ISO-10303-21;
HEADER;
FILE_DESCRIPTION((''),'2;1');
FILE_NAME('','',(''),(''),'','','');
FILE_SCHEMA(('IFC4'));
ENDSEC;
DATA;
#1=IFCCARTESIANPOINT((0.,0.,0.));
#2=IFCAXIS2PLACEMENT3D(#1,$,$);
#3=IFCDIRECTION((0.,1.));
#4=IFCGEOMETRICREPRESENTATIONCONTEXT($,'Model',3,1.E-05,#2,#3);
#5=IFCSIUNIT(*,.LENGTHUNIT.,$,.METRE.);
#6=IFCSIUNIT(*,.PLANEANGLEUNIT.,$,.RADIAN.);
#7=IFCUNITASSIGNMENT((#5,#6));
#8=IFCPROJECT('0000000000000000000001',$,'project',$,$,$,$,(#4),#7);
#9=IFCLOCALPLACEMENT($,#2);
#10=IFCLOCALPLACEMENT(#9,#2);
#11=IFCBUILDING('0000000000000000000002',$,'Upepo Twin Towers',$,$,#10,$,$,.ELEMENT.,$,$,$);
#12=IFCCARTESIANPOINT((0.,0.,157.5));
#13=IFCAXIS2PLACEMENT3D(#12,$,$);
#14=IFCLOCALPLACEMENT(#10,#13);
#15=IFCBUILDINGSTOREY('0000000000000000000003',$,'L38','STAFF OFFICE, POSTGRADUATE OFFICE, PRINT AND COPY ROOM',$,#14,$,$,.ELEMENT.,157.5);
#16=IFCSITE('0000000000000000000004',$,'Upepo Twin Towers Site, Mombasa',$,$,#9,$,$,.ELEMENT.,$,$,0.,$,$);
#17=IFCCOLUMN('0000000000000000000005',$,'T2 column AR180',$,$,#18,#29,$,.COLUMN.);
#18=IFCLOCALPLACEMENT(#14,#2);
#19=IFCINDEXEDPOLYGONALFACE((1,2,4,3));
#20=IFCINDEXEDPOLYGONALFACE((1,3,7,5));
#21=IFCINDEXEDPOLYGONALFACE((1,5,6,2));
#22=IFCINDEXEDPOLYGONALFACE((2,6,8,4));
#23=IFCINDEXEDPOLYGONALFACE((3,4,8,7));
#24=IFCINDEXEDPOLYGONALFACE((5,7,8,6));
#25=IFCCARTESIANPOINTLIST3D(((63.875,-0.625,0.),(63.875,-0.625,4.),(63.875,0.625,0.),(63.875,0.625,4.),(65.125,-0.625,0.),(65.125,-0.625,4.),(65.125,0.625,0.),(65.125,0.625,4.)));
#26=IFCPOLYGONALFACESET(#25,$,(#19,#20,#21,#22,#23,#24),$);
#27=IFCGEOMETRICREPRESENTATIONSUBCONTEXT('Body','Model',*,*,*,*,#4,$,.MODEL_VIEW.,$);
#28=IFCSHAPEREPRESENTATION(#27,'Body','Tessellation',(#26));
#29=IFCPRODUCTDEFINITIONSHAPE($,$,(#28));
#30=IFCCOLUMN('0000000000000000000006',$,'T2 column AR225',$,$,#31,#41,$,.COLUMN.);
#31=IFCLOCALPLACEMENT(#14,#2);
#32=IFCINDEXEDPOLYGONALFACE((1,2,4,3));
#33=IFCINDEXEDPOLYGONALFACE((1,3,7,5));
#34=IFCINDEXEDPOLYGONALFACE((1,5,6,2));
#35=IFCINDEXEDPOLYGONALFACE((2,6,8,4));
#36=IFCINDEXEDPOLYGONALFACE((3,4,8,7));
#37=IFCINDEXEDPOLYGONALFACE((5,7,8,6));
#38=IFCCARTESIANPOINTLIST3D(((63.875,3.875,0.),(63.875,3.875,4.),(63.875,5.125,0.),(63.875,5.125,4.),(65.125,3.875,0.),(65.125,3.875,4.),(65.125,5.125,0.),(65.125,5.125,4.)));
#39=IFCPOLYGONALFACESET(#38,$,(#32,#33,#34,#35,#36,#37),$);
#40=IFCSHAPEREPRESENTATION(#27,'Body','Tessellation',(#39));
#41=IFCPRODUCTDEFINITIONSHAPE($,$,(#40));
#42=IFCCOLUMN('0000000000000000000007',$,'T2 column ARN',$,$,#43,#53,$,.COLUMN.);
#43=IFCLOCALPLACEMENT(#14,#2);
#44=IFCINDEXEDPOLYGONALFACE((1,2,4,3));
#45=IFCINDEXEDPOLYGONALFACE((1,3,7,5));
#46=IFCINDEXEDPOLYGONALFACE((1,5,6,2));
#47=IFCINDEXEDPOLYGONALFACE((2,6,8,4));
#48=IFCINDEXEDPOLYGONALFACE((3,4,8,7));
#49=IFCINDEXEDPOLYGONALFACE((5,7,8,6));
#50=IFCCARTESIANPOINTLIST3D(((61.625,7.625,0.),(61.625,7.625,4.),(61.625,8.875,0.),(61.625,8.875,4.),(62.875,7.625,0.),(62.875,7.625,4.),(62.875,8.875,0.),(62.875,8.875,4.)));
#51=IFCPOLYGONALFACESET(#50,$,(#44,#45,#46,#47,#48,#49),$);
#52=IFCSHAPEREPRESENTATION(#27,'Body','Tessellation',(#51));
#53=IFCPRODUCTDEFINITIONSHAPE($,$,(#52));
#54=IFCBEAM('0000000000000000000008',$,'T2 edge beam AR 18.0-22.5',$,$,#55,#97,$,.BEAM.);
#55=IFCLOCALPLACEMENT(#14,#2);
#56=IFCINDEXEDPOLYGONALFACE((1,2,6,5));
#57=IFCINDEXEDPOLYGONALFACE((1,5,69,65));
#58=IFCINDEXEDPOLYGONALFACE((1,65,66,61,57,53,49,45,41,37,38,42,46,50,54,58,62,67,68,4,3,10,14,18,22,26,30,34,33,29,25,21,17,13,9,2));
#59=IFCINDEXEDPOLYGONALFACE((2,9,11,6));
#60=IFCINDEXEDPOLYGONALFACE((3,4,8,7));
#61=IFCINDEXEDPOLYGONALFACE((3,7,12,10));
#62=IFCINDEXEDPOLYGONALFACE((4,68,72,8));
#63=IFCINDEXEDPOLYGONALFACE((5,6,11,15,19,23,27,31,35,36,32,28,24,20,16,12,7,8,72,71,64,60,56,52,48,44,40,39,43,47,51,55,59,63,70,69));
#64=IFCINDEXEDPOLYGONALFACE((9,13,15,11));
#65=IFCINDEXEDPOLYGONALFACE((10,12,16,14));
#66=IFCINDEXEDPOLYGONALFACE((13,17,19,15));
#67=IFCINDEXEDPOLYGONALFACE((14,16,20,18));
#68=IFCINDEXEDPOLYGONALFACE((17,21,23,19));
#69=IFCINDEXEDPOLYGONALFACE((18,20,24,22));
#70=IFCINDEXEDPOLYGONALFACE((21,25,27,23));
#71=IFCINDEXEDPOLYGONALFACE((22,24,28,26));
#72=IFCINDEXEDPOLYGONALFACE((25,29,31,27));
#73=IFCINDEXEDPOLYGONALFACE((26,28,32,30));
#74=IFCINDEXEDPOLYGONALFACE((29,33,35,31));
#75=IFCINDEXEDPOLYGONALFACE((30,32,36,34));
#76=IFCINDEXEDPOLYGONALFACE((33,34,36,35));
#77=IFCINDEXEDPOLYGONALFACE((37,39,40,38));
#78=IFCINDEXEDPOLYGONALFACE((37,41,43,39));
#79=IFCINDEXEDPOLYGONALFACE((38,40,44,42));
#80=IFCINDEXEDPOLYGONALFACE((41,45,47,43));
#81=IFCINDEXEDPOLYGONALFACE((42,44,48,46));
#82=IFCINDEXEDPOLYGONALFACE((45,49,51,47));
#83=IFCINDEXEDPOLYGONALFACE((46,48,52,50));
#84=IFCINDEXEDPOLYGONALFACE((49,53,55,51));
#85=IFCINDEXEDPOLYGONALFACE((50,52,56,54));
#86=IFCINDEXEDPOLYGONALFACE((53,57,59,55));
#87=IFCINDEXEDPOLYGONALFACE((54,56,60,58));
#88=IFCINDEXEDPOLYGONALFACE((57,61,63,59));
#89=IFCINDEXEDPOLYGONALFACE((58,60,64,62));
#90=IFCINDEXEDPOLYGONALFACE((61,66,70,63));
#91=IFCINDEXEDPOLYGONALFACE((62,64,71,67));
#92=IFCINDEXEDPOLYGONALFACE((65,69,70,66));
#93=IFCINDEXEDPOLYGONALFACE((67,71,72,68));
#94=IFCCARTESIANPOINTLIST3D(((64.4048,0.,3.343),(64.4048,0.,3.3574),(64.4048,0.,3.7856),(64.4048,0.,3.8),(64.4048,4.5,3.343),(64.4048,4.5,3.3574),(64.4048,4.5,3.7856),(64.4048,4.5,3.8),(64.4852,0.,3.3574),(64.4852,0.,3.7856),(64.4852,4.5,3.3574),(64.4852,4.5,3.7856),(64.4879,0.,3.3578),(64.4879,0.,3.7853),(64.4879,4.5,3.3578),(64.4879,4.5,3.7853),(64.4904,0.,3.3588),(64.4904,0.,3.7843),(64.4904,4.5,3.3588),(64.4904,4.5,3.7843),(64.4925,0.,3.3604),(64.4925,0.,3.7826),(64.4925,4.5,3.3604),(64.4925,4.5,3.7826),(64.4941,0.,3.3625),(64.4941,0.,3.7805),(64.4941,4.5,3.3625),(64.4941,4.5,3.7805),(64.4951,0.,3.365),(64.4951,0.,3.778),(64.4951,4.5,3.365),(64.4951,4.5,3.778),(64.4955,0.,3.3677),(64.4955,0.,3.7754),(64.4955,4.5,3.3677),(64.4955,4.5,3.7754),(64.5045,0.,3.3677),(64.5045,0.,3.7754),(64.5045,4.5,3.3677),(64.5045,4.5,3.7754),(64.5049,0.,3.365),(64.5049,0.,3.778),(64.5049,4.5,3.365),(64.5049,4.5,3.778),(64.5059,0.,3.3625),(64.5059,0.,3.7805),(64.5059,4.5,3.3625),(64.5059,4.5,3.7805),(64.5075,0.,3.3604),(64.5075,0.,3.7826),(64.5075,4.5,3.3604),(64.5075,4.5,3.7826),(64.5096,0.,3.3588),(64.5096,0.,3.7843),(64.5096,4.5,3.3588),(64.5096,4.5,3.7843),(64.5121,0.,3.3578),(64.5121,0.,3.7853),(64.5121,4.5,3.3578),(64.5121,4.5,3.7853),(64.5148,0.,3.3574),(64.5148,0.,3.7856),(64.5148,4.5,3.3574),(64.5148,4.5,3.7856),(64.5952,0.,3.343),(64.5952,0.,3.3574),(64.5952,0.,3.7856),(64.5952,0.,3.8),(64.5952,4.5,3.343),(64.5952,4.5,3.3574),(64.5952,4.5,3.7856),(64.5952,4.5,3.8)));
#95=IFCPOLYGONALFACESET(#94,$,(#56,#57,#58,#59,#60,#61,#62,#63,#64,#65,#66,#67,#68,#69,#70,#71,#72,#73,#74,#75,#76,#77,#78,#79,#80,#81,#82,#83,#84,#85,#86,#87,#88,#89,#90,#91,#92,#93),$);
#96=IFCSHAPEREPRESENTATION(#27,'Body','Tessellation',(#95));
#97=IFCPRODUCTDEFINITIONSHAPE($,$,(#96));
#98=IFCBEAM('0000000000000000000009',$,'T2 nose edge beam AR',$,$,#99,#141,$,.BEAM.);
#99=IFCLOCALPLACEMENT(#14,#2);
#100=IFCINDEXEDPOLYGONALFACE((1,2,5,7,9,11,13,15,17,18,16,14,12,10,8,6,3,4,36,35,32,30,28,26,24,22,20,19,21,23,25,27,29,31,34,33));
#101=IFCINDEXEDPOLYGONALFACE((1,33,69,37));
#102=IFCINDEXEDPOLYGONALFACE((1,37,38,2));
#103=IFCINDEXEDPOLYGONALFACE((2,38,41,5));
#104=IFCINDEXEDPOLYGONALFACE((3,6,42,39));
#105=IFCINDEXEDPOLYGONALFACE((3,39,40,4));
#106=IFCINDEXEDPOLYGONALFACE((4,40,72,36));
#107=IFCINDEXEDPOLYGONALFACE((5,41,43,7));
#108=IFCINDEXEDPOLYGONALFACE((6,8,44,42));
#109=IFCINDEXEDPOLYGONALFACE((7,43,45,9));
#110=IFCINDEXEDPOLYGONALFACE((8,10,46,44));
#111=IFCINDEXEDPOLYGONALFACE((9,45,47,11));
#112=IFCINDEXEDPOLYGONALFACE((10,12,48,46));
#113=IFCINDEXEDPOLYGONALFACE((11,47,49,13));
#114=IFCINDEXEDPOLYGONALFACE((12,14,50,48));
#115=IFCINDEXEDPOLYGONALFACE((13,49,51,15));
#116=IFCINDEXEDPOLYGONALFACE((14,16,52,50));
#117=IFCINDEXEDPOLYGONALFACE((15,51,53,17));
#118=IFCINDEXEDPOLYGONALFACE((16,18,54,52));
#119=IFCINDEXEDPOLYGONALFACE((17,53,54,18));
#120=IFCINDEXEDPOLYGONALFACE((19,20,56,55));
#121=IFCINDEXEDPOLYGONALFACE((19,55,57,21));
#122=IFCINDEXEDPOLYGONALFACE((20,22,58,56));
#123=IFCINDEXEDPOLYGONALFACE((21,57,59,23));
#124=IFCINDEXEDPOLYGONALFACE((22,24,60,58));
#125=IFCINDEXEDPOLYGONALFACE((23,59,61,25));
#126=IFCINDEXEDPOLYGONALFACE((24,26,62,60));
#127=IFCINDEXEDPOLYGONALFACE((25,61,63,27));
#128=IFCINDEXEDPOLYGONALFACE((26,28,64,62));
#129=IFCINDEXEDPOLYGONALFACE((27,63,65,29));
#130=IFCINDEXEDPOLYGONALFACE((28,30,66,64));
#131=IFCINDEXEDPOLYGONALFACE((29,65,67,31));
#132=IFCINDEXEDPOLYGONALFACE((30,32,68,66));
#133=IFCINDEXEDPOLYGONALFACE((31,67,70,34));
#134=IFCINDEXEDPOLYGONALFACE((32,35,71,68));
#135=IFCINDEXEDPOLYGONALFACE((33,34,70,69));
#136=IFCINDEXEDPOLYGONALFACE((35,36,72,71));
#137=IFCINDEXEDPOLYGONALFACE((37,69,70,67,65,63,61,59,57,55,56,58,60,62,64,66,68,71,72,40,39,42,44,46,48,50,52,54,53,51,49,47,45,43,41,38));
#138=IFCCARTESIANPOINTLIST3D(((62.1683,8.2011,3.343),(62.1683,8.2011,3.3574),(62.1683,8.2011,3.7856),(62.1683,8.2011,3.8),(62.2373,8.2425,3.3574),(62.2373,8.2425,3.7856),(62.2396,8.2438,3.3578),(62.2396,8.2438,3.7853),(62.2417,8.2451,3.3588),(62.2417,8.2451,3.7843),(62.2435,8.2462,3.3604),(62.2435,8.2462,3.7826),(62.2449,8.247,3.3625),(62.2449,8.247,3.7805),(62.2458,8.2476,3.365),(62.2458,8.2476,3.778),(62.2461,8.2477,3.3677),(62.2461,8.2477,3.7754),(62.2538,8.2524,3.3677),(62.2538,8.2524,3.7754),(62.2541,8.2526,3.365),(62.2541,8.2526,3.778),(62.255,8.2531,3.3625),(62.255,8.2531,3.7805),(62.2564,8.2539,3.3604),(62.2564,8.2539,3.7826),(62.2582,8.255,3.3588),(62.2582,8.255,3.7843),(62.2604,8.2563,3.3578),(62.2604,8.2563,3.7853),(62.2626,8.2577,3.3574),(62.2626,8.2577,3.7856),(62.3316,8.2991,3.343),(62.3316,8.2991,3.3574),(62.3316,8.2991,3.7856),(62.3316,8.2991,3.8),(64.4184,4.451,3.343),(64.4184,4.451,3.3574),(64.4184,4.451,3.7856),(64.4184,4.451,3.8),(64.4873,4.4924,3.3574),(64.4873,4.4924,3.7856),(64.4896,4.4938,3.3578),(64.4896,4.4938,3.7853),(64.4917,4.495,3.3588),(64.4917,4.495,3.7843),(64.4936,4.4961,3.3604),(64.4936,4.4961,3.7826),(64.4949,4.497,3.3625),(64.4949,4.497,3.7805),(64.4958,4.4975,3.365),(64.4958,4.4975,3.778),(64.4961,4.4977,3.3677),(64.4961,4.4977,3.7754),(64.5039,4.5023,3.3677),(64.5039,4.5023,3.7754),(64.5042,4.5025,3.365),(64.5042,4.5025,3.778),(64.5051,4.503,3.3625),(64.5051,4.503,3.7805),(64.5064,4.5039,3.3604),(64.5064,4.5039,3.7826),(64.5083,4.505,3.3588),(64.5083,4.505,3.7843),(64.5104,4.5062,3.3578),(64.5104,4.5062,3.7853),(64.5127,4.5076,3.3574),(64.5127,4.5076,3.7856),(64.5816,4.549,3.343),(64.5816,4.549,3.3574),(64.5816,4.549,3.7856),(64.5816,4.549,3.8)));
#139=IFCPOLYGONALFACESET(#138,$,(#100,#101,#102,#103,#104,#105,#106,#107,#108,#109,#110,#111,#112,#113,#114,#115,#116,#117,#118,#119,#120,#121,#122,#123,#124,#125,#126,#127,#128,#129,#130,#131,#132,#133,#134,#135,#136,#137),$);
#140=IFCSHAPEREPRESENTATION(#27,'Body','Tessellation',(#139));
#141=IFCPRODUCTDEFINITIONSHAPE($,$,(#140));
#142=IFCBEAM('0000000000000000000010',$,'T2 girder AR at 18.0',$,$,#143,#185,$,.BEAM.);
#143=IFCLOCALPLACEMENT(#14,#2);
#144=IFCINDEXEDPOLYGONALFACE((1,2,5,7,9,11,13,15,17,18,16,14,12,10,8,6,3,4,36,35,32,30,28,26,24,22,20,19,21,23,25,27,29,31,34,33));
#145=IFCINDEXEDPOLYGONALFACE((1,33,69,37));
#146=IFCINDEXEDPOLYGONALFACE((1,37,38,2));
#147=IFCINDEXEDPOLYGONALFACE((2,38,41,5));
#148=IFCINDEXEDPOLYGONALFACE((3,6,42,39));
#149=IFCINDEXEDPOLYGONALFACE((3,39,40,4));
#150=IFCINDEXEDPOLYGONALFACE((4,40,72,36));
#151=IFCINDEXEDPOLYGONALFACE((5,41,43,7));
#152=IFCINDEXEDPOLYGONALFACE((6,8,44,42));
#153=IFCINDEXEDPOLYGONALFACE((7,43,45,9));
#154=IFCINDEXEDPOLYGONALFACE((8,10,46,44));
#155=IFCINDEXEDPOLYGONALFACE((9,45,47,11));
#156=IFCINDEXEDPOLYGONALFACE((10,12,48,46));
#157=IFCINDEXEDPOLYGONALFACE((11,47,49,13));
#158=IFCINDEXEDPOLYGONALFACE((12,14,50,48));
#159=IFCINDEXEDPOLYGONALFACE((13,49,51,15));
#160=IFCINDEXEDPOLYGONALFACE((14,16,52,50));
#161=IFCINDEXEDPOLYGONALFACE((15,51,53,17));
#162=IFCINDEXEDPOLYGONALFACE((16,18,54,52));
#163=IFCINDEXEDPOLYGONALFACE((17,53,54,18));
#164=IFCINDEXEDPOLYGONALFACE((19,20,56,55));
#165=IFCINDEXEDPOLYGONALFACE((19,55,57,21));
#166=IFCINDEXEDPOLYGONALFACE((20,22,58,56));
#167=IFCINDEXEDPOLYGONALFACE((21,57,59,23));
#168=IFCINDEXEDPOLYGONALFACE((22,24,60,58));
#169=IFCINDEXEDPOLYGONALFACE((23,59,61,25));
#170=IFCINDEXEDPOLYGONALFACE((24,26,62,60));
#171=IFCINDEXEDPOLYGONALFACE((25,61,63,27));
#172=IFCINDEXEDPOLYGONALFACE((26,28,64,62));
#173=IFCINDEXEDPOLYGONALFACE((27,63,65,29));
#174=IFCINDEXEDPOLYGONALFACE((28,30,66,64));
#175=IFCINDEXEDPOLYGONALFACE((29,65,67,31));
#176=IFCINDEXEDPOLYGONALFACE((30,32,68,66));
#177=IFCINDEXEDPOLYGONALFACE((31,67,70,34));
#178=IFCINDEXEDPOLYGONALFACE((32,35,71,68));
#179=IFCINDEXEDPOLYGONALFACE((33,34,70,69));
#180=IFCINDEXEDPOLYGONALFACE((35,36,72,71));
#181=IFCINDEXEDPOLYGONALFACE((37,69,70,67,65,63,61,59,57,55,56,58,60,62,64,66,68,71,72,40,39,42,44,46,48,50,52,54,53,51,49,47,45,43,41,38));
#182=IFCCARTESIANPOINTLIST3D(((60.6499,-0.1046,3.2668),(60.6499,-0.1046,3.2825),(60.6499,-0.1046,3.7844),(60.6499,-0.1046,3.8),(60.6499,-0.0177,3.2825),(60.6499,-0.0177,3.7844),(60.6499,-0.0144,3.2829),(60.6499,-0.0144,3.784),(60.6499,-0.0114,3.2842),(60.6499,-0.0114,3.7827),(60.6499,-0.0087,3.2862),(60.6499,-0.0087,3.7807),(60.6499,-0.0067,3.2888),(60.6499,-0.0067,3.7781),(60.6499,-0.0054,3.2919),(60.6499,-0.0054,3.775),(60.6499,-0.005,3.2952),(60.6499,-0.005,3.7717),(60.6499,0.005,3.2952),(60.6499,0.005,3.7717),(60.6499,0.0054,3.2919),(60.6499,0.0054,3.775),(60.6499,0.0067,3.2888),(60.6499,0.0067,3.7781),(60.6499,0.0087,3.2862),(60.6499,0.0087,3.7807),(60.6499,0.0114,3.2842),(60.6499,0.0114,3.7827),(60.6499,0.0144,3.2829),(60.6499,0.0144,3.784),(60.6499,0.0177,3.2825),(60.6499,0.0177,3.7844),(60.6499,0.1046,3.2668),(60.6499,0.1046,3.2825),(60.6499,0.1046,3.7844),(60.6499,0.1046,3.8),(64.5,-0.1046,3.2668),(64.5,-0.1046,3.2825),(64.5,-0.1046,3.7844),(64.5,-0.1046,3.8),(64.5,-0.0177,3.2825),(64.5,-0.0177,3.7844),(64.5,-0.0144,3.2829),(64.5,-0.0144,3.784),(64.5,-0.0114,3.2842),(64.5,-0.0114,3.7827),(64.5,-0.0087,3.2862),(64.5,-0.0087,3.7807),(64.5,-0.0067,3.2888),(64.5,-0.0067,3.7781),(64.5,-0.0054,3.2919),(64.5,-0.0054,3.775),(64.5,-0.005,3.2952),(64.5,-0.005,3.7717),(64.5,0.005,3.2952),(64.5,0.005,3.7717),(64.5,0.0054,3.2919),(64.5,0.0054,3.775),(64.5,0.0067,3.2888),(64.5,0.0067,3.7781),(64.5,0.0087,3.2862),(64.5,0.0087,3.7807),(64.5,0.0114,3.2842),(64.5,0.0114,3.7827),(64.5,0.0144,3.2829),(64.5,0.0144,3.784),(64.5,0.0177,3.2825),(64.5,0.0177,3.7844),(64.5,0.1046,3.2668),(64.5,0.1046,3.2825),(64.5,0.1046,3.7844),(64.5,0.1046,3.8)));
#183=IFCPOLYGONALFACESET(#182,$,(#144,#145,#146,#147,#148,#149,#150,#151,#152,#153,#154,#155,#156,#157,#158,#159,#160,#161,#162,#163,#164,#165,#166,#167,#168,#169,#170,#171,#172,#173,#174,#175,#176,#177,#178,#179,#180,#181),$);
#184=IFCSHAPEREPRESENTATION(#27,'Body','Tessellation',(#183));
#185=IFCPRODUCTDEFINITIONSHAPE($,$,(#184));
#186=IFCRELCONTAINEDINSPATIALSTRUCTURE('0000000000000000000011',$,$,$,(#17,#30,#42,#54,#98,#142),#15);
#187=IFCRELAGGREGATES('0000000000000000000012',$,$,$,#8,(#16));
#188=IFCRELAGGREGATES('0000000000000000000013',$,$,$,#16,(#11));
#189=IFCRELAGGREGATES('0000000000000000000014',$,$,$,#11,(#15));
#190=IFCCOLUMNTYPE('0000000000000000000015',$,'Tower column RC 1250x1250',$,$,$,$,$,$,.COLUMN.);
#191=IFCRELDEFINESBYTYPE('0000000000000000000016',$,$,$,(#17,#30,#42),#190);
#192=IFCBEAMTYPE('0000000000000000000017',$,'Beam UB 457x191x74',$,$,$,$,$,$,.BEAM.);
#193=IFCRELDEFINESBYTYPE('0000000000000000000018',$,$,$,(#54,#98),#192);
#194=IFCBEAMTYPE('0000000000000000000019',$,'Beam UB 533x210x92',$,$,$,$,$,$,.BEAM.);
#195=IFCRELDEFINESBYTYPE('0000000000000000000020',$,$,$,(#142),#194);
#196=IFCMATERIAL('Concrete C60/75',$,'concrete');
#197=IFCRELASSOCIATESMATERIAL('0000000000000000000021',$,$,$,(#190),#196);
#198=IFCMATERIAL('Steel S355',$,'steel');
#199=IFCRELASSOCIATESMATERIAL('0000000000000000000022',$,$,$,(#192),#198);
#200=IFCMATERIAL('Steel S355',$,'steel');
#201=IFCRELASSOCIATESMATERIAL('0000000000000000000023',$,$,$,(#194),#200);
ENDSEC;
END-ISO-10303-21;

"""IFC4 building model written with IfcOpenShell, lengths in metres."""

from ifc_helpers import new_model, si_unit, direction, frame, origin, origin_2d, place, context, subcontext, project, spatial, rectangle, i_section, extrude, material, material_profile, profile_set, type_object, element, save


model = new_model("IFC4")

# Units and contexts
model_context = context("Model", 3, precision=1e-05, world=origin(), true_north=direction((0.0, 1.0)))
body_context = subcontext(model_context, "Body", "Model", "MODEL_VIEW")
ifc_project = project(units=[si_unit("LENGTHUNIT", "METRE"), si_unit("PLANEANGLEUNIT", "RADIAN")], contexts=[model_context])

# Site, building, storey
site_placement = place(None, origin())
site = spatial("IfcSite", under=ifc_project, at=site_placement, Name="Upepo Twin Towers Site, Mombasa", CompositionType="ELEMENT", RefElevation=0.0)
building_placement = place(site_placement, origin())
building = spatial("IfcBuilding", under=site, at=building_placement, Name="Upepo Twin Towers", CompositionType="ELEMENT")
storey_placement = place(building_placement, frame((0.0, 0.0, 157.5)))
storey = spatial("IfcBuildingStorey", under=building, at=storey_placement, Name="L38", Description="STAFF OFFICE, POSTGRADUATE OFFICE, PRINT AND COPY ROOM", CompositionType="ELEMENT", Elevation=157.5)

# Columns
ifc_material_1 = material(Name="Concrete C60/75", Category="concrete")
ifc_material_profile_1 = material_profile(ifc_material_1, rectangle(XDim=1.25, YDim=1.25, at=origin_2d()), Name="RC 1250x1250")
ifc_profile_set_1 = profile_set([ifc_material_profile_1], Name="Concrete C60/75")
column_type = type_object("IfcColumnType", Name="Tower column RC 1250x1250", PredefinedType="COLUMN", material=ifc_profile_set_1)
for number, where, z_axis, x_axis, name in (
    (1, (64.5, 0.0, 0.0), (0.0, 0.0, 1.0), (1.0, 0.0, 0.0), "T2 column AR180"),
    (2, (64.5, 4.5, 0.0), (0.0, 0.0, 1.0), (1.0, 0.0, 0.0), "T2 column AR225"),
    (3, (62.25, 8.25, 0.0), (0.0, 0.0, 1.0), (1.0, 0.0, 0.0), "T2 column ARN"),
):
    element("IfcColumn", number, at=place(storey_placement, frame(where, z_axis=z_axis, x_axis=x_axis)), inside=storey, type_object=column_type, Name=name, PredefinedType="COLUMN", context=body_context, shape_type="SweptSolid", body=[
        extrude(rectangle(XDim=1.25, YDim=1.25, at=origin_2d()), origin(), (0.0, 0.0, 1.0), 4.0),
    ])

# Beams
ifc_material_2 = material(Name="Steel S355", Category="steel")
ifc_material_profile_2 = material_profile(ifc_material_2, i_section(OverallWidth=0.1904, OverallDepth=0.457, WebThickness=0.009, FlangeThickness=0.0144, FilletRadius=0.0103, at=origin_2d()), Name="UB 457x191x74")
ifc_profile_set_2 = profile_set([ifc_material_profile_2], Name="Steel S355")
beam_type_1 = type_object("IfcBeamType", Name="Beam UB 457x191x74", PredefinedType="BEAM", material=ifc_profile_set_2)
beam_1_placement = place(storey_placement, frame((64.5, 0.0, 3.5715), z_axis=(0.0, 1.0, 0.0), x_axis=(-1.0, 0.0, 0.0)))
element("IfcBeam", 4, at=beam_1_placement, inside=storey, type_object=beam_type_1, Name="T2 edge beam AR 18.0-22.5", PredefinedType="BEAM", context=body_context, shape_type="SweptSolid", body=[
    extrude(i_section(OverallWidth=0.1904, OverallDepth=0.457, WebThickness=0.009, FlangeThickness=0.0144, FilletRadius=0.0103, at=origin_2d()), origin(), (0.0, 0.0, 1.0), 4.5),
])
beam_2_placement = place(storey_placement, frame((64.5, 4.5, 3.5715), z_axis=(-0.514496, 0.857493, 0.0), x_axis=(-0.857493, -0.514496, 0.0)))
element("IfcBeam", 5, at=beam_2_placement, inside=storey, type_object=beam_type_1, Name="T2 nose edge beam AR", PredefinedType="BEAM", context=body_context, shape_type="SweptSolid", body=[
    extrude(i_section(OverallWidth=0.1904, OverallDepth=0.457, WebThickness=0.009, FlangeThickness=0.0144, FilletRadius=0.0103, at=origin_2d()), origin(), (0.0, 0.0, 1.0), 4.3733),
])
ifc_material_3 = material(Name="Steel S355", Category="steel")
ifc_material_profile_3 = material_profile(ifc_material_3, i_section(OverallWidth=0.2092, OverallDepth=0.5332, WebThickness=0.01, FlangeThickness=0.0156, FilletRadius=0.0127, at=origin_2d()), Name="UB 533x210x92")
ifc_profile_set_3 = profile_set([ifc_material_profile_3], Name="Steel S355")
beam_type_2 = type_object("IfcBeamType", Name="Beam UB 533x210x92", PredefinedType="BEAM", material=ifc_profile_set_3)
for number, where, z_axis, x_axis, name in (
    (6, (64.5, 0.0, 3.5334), (-1.0, 0.0, 0.0), (0.0, -1.0, 0.0), "T2 girder AR at 18.0"),
):
    element("IfcBeam", number, at=place(storey_placement, frame(where, z_axis=z_axis, x_axis=x_axis)), inside=storey, type_object=beam_type_2, Name=name, PredefinedType="BEAM", context=body_context, shape_type="SweptSolid", body=[
        extrude(i_section(OverallWidth=0.2092, OverallDepth=0.5332, WebThickness=0.01, FlangeThickness=0.0156, FilletRadius=0.0127, at=origin_2d()), origin(), (0.0, 0.0, 1.0), 3.8501),
    ])

save(model, "model.ifc")
